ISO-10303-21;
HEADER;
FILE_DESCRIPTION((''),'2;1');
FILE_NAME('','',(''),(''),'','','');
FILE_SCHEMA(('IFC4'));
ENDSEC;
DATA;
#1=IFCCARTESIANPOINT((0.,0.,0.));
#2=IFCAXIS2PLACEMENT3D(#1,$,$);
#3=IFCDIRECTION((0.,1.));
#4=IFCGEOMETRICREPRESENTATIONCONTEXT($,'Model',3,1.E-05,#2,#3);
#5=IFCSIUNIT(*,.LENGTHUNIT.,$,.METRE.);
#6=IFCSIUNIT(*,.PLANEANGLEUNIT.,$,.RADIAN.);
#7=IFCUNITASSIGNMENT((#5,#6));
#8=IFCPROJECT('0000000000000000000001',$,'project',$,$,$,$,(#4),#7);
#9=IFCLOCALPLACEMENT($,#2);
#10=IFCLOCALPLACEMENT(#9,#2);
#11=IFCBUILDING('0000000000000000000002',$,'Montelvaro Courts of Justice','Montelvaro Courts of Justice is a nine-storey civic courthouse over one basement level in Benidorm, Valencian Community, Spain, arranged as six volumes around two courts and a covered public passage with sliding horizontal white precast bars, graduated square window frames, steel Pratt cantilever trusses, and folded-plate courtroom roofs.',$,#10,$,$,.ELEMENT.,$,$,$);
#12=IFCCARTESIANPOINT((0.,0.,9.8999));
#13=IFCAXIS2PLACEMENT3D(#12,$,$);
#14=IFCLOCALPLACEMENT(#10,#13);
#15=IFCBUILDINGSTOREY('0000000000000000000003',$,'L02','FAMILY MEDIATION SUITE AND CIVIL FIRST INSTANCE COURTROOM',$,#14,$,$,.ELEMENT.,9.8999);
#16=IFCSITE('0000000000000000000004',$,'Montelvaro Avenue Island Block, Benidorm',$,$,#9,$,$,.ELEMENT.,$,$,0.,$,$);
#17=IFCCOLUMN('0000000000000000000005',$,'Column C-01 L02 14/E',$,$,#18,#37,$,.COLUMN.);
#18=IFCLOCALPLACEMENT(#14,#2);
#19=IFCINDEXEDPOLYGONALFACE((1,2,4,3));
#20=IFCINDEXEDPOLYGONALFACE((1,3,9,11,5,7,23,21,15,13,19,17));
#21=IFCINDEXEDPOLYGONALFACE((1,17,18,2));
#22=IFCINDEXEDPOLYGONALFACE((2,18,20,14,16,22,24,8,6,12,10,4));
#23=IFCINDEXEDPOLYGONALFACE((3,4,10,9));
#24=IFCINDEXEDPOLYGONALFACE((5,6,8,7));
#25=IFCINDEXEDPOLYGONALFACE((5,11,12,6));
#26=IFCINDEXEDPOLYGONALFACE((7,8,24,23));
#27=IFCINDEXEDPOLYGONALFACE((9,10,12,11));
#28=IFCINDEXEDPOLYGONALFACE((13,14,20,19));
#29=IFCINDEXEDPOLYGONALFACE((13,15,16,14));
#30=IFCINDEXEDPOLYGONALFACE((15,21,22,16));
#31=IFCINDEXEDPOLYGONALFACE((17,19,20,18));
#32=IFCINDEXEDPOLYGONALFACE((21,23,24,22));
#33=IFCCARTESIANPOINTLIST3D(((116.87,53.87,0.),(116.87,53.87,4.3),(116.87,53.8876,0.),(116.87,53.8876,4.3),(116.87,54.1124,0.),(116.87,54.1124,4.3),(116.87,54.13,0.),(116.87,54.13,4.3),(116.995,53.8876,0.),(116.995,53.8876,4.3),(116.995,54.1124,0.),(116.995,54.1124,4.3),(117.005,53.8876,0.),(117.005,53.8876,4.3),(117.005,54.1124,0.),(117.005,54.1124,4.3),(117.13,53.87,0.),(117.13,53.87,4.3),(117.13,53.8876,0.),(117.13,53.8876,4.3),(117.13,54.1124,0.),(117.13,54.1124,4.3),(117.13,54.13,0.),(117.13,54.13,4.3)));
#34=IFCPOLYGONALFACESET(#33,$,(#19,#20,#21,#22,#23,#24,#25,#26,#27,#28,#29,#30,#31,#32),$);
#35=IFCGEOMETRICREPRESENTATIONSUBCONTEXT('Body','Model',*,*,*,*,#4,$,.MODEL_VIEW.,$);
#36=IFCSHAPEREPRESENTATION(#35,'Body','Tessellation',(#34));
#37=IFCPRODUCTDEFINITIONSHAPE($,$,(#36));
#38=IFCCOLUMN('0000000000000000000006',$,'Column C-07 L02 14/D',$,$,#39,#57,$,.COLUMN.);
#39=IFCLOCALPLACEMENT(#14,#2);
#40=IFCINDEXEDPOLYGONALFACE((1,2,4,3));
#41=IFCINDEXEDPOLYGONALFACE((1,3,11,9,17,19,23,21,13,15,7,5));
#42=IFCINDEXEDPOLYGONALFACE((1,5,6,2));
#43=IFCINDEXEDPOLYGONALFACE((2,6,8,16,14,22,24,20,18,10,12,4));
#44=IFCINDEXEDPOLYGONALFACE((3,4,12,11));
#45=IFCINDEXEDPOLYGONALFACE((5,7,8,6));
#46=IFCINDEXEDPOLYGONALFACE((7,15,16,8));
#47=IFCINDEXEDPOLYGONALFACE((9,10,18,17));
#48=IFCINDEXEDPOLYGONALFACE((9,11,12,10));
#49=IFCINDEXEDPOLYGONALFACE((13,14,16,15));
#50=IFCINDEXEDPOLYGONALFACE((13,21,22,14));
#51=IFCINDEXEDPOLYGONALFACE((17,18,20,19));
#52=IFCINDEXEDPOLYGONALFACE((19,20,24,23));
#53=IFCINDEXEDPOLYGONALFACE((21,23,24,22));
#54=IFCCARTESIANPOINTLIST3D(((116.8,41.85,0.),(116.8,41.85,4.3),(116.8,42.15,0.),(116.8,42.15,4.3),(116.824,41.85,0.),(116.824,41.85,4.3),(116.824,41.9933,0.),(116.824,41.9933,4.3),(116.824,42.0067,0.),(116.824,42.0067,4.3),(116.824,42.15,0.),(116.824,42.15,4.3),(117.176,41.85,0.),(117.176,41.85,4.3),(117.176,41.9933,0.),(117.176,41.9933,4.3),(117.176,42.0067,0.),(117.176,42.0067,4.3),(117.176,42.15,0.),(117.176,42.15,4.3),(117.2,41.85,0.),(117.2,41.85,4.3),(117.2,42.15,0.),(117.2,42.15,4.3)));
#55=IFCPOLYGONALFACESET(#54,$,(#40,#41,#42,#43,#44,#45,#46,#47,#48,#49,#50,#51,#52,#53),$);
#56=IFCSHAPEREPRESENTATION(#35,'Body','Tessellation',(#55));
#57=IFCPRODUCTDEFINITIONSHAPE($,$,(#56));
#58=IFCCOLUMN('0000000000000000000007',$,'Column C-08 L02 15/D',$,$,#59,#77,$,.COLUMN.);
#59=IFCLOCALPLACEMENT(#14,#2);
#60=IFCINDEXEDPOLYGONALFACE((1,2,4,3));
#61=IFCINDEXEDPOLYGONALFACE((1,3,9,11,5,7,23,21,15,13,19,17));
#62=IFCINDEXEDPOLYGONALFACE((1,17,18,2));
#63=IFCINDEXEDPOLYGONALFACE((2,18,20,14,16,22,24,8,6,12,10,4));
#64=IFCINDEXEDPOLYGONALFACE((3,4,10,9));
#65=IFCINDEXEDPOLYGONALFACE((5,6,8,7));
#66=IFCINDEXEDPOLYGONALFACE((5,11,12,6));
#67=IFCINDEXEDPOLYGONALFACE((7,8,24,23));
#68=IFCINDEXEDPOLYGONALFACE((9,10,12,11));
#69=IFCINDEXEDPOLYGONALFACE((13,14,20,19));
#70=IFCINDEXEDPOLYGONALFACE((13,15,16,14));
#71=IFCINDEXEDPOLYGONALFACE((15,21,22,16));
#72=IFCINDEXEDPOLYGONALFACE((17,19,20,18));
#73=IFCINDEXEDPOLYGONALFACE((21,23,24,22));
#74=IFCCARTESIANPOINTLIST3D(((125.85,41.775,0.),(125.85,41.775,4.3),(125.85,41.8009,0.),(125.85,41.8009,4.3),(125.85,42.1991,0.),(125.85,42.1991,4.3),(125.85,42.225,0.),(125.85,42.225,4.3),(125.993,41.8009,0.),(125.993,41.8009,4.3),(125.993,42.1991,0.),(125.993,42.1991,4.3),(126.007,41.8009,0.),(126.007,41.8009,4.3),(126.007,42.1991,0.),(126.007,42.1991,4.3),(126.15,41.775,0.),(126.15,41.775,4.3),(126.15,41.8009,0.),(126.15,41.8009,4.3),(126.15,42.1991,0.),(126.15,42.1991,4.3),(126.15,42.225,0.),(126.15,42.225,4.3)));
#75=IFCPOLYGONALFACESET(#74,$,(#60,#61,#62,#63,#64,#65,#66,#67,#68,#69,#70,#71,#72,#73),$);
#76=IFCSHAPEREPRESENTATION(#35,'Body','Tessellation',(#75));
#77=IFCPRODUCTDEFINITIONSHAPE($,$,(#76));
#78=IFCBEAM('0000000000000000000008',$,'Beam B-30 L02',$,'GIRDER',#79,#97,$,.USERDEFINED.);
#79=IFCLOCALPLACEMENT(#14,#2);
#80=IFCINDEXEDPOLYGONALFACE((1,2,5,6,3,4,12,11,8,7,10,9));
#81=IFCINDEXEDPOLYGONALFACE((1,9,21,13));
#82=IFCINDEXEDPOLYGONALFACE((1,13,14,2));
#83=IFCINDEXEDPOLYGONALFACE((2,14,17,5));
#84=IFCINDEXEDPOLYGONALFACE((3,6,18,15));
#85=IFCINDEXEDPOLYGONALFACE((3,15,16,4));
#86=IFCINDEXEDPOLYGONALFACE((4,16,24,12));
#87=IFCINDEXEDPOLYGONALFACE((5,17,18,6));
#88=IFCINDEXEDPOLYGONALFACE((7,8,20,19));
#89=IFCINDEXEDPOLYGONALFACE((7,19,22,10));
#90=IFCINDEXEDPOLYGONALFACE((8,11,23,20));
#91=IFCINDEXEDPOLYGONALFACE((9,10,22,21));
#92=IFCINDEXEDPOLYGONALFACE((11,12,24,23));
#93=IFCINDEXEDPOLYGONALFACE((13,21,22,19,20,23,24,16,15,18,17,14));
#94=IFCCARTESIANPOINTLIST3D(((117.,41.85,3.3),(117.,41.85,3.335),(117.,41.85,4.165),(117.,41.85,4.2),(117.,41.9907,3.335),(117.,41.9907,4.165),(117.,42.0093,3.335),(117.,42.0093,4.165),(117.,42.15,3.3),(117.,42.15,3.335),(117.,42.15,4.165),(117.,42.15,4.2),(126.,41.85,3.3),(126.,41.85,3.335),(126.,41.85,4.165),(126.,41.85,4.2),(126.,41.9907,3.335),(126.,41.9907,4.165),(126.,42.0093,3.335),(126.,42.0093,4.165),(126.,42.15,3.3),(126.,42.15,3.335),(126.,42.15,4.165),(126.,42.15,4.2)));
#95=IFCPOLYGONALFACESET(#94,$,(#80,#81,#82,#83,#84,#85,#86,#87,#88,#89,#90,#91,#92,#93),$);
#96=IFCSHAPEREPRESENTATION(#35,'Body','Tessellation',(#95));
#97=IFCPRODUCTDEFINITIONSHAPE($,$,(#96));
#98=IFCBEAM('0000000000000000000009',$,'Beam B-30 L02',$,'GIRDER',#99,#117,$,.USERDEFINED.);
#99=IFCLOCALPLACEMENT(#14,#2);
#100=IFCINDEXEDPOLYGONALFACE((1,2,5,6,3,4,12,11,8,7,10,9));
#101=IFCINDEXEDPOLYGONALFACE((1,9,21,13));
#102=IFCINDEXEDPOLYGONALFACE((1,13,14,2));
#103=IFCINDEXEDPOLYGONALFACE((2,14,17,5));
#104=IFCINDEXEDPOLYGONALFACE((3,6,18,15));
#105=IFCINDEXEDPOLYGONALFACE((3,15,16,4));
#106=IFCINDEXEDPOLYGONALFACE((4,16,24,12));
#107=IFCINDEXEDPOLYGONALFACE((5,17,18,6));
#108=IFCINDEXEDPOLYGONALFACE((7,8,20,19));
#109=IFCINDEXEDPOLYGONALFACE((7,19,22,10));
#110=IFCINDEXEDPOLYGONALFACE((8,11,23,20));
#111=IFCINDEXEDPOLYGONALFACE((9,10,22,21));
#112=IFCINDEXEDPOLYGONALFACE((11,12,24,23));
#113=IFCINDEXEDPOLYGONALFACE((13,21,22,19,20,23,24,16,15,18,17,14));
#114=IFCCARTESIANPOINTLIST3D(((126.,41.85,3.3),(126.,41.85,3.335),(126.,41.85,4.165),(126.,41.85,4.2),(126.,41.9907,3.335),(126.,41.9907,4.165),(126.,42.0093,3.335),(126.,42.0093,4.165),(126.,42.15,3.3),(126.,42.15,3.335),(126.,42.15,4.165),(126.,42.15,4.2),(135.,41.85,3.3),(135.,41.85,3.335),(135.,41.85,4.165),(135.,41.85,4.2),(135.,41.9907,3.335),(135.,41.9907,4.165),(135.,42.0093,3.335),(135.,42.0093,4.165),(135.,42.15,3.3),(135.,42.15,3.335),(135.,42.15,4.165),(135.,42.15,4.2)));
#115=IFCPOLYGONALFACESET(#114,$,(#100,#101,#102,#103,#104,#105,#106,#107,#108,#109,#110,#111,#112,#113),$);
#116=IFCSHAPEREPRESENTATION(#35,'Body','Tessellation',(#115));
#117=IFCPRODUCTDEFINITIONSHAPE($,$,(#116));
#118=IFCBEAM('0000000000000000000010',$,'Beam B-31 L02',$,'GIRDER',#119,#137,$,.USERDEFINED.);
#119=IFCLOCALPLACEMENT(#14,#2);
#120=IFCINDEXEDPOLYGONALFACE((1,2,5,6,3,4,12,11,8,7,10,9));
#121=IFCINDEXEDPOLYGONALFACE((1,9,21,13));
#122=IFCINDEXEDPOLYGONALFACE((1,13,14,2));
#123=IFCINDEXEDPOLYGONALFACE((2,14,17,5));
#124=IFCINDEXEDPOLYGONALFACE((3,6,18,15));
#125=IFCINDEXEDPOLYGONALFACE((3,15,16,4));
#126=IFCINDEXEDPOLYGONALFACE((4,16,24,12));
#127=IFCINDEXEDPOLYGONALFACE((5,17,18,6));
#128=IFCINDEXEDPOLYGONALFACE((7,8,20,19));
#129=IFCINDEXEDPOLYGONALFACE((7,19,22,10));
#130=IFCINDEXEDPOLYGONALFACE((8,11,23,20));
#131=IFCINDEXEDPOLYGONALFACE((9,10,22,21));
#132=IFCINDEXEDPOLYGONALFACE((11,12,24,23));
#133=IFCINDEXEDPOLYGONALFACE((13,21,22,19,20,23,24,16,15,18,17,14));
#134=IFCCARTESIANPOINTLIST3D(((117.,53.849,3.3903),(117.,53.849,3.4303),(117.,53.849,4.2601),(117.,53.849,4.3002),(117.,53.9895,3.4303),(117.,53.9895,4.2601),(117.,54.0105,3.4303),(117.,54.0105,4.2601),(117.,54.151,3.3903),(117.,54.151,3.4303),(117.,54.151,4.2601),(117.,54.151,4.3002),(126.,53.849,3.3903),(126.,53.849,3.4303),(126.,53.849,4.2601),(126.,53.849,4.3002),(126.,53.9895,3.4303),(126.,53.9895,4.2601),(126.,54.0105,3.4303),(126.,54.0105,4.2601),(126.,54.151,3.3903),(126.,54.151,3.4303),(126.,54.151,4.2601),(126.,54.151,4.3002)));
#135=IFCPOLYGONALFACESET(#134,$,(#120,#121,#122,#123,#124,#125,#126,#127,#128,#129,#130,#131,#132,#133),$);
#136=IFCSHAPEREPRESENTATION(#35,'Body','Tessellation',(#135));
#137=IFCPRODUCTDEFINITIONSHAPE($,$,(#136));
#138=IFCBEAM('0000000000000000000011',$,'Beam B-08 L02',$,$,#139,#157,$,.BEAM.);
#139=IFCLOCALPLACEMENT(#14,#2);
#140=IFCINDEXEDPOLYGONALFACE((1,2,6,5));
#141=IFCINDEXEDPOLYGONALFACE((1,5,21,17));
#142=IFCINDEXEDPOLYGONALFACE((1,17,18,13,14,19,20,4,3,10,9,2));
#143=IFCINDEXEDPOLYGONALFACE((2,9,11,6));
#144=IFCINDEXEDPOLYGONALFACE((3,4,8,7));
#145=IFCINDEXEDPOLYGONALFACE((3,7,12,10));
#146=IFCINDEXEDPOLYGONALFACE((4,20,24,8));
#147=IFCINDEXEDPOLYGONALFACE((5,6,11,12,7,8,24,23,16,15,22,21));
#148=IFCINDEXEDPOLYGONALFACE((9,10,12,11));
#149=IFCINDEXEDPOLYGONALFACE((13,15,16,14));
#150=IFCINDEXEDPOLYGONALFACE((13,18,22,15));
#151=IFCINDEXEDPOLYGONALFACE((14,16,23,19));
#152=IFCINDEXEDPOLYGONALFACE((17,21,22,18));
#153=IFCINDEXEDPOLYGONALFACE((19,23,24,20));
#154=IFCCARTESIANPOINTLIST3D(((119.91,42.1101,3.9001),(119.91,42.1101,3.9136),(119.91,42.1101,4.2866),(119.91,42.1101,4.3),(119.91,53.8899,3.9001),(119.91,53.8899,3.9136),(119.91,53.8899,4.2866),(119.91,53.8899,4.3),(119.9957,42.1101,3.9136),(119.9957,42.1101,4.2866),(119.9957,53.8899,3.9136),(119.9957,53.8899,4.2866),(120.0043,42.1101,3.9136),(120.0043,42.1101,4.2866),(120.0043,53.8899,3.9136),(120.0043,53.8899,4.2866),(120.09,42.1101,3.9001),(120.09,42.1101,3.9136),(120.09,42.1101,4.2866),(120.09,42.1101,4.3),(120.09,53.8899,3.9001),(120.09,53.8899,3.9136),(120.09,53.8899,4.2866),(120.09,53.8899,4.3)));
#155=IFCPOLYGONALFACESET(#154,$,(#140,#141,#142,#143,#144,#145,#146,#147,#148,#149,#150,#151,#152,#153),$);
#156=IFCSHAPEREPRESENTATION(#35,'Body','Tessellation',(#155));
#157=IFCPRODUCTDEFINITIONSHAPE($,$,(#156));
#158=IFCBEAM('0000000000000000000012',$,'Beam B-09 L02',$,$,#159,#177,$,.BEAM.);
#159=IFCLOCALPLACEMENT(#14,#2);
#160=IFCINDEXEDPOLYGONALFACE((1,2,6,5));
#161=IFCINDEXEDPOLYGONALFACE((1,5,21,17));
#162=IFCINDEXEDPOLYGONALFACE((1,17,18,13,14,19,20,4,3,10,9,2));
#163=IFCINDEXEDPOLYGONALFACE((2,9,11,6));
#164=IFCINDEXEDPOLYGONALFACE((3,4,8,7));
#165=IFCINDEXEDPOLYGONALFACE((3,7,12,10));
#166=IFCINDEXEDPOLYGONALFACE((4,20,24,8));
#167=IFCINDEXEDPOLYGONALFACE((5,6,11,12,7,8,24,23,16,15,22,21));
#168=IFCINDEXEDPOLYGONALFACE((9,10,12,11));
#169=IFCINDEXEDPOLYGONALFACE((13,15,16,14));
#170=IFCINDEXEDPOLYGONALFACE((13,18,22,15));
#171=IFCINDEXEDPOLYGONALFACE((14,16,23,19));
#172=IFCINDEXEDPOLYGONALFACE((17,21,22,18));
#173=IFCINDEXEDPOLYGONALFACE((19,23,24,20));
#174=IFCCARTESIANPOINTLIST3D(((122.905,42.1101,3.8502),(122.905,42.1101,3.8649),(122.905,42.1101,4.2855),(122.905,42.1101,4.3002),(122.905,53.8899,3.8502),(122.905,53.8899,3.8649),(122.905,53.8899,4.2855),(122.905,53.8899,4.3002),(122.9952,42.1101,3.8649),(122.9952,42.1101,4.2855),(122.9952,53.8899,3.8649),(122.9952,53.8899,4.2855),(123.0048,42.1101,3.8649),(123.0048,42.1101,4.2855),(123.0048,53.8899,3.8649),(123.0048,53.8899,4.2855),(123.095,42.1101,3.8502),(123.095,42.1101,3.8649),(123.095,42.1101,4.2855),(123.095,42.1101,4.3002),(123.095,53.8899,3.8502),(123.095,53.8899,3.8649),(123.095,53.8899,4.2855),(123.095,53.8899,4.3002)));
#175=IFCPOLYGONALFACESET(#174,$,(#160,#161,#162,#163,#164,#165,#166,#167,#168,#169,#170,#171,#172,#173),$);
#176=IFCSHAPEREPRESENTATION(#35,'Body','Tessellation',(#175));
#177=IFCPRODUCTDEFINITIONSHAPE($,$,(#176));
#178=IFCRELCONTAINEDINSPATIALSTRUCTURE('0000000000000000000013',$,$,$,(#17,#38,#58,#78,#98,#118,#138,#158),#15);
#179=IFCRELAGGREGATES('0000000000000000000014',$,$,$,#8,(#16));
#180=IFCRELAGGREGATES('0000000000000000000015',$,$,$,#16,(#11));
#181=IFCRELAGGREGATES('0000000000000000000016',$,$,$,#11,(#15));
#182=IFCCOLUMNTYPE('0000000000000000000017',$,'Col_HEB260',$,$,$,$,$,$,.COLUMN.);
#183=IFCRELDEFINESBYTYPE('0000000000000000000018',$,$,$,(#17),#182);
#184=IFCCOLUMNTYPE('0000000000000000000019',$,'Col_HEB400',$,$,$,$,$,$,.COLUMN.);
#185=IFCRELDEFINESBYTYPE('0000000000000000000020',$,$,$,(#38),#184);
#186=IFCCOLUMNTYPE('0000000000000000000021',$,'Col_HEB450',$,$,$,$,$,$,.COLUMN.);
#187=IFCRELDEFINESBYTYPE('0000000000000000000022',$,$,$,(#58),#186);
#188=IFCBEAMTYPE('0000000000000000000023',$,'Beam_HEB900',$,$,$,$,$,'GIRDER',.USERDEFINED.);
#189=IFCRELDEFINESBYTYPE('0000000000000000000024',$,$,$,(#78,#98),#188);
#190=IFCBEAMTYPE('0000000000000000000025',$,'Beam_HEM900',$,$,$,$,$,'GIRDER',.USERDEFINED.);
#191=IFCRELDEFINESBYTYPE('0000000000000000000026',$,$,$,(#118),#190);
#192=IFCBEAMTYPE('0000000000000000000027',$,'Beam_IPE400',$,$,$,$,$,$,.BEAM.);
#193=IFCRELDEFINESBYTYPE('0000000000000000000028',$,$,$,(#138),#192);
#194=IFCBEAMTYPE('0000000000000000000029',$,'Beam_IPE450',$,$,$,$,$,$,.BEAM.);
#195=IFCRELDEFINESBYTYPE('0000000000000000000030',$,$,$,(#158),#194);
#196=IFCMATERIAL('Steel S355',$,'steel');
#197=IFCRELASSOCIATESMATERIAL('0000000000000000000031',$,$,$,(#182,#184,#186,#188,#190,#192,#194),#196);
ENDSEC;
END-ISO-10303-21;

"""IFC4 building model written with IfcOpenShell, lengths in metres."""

from ifc_helpers import new_model, si_unit, direction, frame, origin, origin_2d, place, context, subcontext, project, spatial, i_section, extrude, material, material_profile, profile_set, type_object, element, save


model = new_model("IFC4")

# Units and contexts
model_context = context("Model", 3, precision=1e-05, world=origin(), true_north=direction((0.0, 1.0)))
body_context = subcontext(model_context, "Body", "Model", "MODEL_VIEW")
ifc_project = project(units=[si_unit("LENGTHUNIT", "METRE"), si_unit("PLANEANGLEUNIT", "RADIAN")], contexts=[model_context])

# Site, building, storey
site_placement = place(None, origin())
site = spatial("IfcSite", under=ifc_project, at=site_placement, Name="Montelvaro Avenue Island Block, Benidorm", CompositionType="ELEMENT", RefElevation=0.0)
building_placement = place(site_placement, origin())
building = spatial("IfcBuilding", under=site, at=building_placement, Name="Montelvaro Courts of Justice", Description="Montelvaro Courts of Justice is a nine-storey civic courthouse over one basement level in Benidorm, Valencian Community, Spain, arranged as six volumes around two courts and a covered public passage with sliding horizontal white precast bars, graduated square window frames, steel Pratt cantilever trusses, and folded-plate courtroom roofs.", CompositionType="ELEMENT")
storey_placement = place(building_placement, frame((0.0, 0.0, 9.8999)))
storey = spatial("IfcBuildingStorey", under=building, at=storey_placement, Name="L02", Description="FAMILY MEDIATION SUITE AND CIVIL FIRST INSTANCE COURTROOM", CompositionType="ELEMENT", Elevation=9.8999)

# Columns
ifc_material_1 = material(Name="Steel S355", Category="steel")
ifc_material_profile_1 = material_profile(ifc_material_1, i_section(OverallWidth=0.26, OverallDepth=0.26, WebThickness=0.01, FlangeThickness=0.0176, at=origin_2d()), Name="HEB 260")
ifc_profile_set_1 = profile_set([ifc_material_profile_1], Name="Steel S355")
column_type_1 = type_object("IfcColumnType", Name="Col_HEB260", PredefinedType="COLUMN", material=ifc_profile_set_1)
column_1_placement = place(storey_placement, frame((117.0, 54.0, 0.0), z_axis=(0.0, 0.0, 1.0), x_axis=(1.0, 0.0, 0.0)))
element("IfcColumn", 1, at=column_1_placement, inside=storey, type_object=column_type_1, Name="Column C-01 L02 14/E", PredefinedType="COLUMN", context=body_context, shape_type="SweptSolid", body=[
    extrude(i_section(OverallWidth=0.26, OverallDepth=0.26, WebThickness=0.01, FlangeThickness=0.0176, at=origin_2d()), origin(), (0.0, 0.0, 1.0), 4.3),
])
ifc_material_profile_2 = material_profile(ifc_material_1, i_section(OverallWidth=0.3, OverallDepth=0.3999, WebThickness=0.0134, FlangeThickness=0.0239, at=origin_2d()), Name="HEB 400")
ifc_profile_set_2 = profile_set([ifc_material_profile_2], Name="Steel S355")
column_type_2 = type_object("IfcColumnType", Name="Col_HEB400", PredefinedType="COLUMN", material=ifc_profile_set_2)
column_2_placement = place(storey_placement, frame((117.0, 42.0, 0.0), z_axis=(0.0, 0.0, 1.0), x_axis=(0.0, 1.0, 0.0)))
element("IfcColumn", 2, at=column_2_placement, inside=storey, type_object=column_type_2, Name="Column C-07 L02 14/D", PredefinedType="COLUMN", context=body_context, shape_type="SweptSolid", body=[
    extrude(i_section(OverallWidth=0.3, OverallDepth=0.3999, WebThickness=0.0134, FlangeThickness=0.0239, at=origin_2d()), origin(), (0.0, 0.0, 1.0), 4.3),
])
ifc_material_profile_3 = material_profile(ifc_material_1, i_section(OverallWidth=0.3, OverallDepth=0.45, WebThickness=0.0139, FlangeThickness=0.0259, at=origin_2d()), Name="HEB 450")
ifc_profile_set_3 = profile_set([ifc_material_profile_3], Name="Steel S355")
column_type_3 = type_object("IfcColumnType", Name="Col_HEB450", PredefinedType="COLUMN", material=ifc_profile_set_3)
column_3_placement = place(storey_placement, frame((126.0, 42.0, 0.0), z_axis=(0.0, 0.0, 1.0), x_axis=(1.0, 0.0, 0.0)))
element("IfcColumn", 3, at=column_3_placement, inside=storey, type_object=column_type_3, Name="Column C-08 L02 15/D", PredefinedType="COLUMN", context=body_context, shape_type="SweptSolid", body=[
    extrude(i_section(OverallWidth=0.3, OverallDepth=0.45, WebThickness=0.0139, FlangeThickness=0.0259, at=origin_2d()), origin(), (0.0, 0.0, 1.0), 4.3),
])

# Beams
ifc_material_profile_4 = material_profile(ifc_material_1, i_section(OverallWidth=0.3, OverallDepth=0.8999, WebThickness=0.0186, FlangeThickness=0.0349, at=origin_2d()), Name="HEB 900")
ifc_profile_set_4 = profile_set([ifc_material_profile_4], Name="Steel S355")
beam_type_1 = type_object("IfcBeamType", Name="Beam_HEB900", ElementType="GIRDER", PredefinedType="USERDEFINED", material=ifc_profile_set_4)
for number, where, z_axis, x_axis, name in (
    (4, (117.0, 42.0, 3.75), (1.0, 0.0, 0.0), (0.0, 1.0, 0.0), "Beam B-30 L02"),
    (5, (126.0, 42.0, 3.75), (1.0, 0.0, 0.0), (0.0, 1.0, 0.0), "Beam B-30 L02"),
):
    element("IfcBeam", number, at=place(storey_placement, frame(where, z_axis=z_axis, x_axis=x_axis)), inside=storey, type_object=beam_type_1, Name=name, ObjectType="GIRDER", PredefinedType="USERDEFINED", context=body_context, shape_type="SweptSolid", body=[
        extrude(i_section(OverallWidth=0.3, OverallDepth=0.8999, WebThickness=0.0186, FlangeThickness=0.0349, at=origin_2d()), origin(), (0.0, 0.0, 1.0), 9.0),
    ])
ifc_material_profile_5 = material_profile(ifc_material_1, i_section(OverallWidth=0.302, OverallDepth=0.9099, WebThickness=0.021, FlangeThickness=0.04, at=origin_2d()), Name="HEM 900")
ifc_profile_set_5 = profile_set([ifc_material_profile_5], Name="Steel S355")
beam_type_2 = type_object("IfcBeamType", Name="Beam_HEM900", ElementType="GIRDER", PredefinedType="USERDEFINED", material=ifc_profile_set_5)
beam_1_placement = place(storey_placement, frame((117.0, 54.0, 3.8452), z_axis=(1.0, 0.0, 0.0), x_axis=(0.0, 1.0, 0.0)))
element("IfcBeam", 6, at=beam_1_placement, inside=storey, type_object=beam_type_2, Name="Beam B-31 L02", ObjectType="GIRDER", PredefinedType="USERDEFINED", context=body_context, shape_type="SweptSolid", body=[
    extrude(i_section(OverallWidth=0.302, OverallDepth=0.9099, WebThickness=0.021, FlangeThickness=0.04, at=origin_2d()), origin(), (0.0, 0.0, 1.0), 9.0),
])
ifc_material_profile_6 = material_profile(ifc_material_1, i_section(OverallWidth=0.1799, OverallDepth=0.3999, WebThickness=0.0085, FlangeThickness=0.0134, at=origin_2d()), Name="IPE 400")
ifc_profile_set_6 = profile_set([ifc_material_profile_6], Name="Steel S355")
beam_type_3 = type_object("IfcBeamType", Name="Beam_IPE400", PredefinedType="BEAM", material=ifc_profile_set_6)
beam_2_placement = place(storey_placement, frame((120.0, 42.1101, 4.1001), z_axis=(0.0, 1.0, 0.0), x_axis=(-1.0, 0.0, 0.0)))
element("IfcBeam", 7, at=beam_2_placement, inside=storey, type_object=beam_type_3, Name="Beam B-08 L02", PredefinedType="BEAM", context=body_context, shape_type="SweptSolid", body=[
    extrude(i_section(OverallWidth=0.1799, OverallDepth=0.3999, WebThickness=0.0085, FlangeThickness=0.0134, at=origin_2d()), origin(), (0.0, 0.0, 1.0), 11.7798),
])
ifc_material_profile_7 = material_profile(ifc_material_1, i_section(OverallWidth=0.1899, OverallDepth=0.45, WebThickness=0.0095, FlangeThickness=0.0146, at=origin_2d()), Name="IPE 450")
ifc_profile_set_7 = profile_set([ifc_material_profile_7], Name="Steel S355")
beam_type_4 = type_object("IfcBeamType", Name="Beam_IPE450", PredefinedType="BEAM", material=ifc_profile_set_7)
for number, where, z_axis, x_axis, name in (
    (8, (123.0, 42.1101, 4.0752), (0.0, 1.0, 0.0), (-1.0, 0.0, 0.0), "Beam B-09 L02"),
):
    element("IfcBeam", number, at=place(storey_placement, frame(where, z_axis=z_axis, x_axis=x_axis)), inside=storey, type_object=beam_type_4, Name=name, PredefinedType="BEAM", context=body_context, shape_type="SweptSolid", body=[
        extrude(i_section(OverallWidth=0.1899, OverallDepth=0.45, WebThickness=0.0095, FlangeThickness=0.0146, at=origin_2d()), origin(), (0.0, 0.0, 1.0), 11.7798),
    ])

save(model, "model.ifc")
